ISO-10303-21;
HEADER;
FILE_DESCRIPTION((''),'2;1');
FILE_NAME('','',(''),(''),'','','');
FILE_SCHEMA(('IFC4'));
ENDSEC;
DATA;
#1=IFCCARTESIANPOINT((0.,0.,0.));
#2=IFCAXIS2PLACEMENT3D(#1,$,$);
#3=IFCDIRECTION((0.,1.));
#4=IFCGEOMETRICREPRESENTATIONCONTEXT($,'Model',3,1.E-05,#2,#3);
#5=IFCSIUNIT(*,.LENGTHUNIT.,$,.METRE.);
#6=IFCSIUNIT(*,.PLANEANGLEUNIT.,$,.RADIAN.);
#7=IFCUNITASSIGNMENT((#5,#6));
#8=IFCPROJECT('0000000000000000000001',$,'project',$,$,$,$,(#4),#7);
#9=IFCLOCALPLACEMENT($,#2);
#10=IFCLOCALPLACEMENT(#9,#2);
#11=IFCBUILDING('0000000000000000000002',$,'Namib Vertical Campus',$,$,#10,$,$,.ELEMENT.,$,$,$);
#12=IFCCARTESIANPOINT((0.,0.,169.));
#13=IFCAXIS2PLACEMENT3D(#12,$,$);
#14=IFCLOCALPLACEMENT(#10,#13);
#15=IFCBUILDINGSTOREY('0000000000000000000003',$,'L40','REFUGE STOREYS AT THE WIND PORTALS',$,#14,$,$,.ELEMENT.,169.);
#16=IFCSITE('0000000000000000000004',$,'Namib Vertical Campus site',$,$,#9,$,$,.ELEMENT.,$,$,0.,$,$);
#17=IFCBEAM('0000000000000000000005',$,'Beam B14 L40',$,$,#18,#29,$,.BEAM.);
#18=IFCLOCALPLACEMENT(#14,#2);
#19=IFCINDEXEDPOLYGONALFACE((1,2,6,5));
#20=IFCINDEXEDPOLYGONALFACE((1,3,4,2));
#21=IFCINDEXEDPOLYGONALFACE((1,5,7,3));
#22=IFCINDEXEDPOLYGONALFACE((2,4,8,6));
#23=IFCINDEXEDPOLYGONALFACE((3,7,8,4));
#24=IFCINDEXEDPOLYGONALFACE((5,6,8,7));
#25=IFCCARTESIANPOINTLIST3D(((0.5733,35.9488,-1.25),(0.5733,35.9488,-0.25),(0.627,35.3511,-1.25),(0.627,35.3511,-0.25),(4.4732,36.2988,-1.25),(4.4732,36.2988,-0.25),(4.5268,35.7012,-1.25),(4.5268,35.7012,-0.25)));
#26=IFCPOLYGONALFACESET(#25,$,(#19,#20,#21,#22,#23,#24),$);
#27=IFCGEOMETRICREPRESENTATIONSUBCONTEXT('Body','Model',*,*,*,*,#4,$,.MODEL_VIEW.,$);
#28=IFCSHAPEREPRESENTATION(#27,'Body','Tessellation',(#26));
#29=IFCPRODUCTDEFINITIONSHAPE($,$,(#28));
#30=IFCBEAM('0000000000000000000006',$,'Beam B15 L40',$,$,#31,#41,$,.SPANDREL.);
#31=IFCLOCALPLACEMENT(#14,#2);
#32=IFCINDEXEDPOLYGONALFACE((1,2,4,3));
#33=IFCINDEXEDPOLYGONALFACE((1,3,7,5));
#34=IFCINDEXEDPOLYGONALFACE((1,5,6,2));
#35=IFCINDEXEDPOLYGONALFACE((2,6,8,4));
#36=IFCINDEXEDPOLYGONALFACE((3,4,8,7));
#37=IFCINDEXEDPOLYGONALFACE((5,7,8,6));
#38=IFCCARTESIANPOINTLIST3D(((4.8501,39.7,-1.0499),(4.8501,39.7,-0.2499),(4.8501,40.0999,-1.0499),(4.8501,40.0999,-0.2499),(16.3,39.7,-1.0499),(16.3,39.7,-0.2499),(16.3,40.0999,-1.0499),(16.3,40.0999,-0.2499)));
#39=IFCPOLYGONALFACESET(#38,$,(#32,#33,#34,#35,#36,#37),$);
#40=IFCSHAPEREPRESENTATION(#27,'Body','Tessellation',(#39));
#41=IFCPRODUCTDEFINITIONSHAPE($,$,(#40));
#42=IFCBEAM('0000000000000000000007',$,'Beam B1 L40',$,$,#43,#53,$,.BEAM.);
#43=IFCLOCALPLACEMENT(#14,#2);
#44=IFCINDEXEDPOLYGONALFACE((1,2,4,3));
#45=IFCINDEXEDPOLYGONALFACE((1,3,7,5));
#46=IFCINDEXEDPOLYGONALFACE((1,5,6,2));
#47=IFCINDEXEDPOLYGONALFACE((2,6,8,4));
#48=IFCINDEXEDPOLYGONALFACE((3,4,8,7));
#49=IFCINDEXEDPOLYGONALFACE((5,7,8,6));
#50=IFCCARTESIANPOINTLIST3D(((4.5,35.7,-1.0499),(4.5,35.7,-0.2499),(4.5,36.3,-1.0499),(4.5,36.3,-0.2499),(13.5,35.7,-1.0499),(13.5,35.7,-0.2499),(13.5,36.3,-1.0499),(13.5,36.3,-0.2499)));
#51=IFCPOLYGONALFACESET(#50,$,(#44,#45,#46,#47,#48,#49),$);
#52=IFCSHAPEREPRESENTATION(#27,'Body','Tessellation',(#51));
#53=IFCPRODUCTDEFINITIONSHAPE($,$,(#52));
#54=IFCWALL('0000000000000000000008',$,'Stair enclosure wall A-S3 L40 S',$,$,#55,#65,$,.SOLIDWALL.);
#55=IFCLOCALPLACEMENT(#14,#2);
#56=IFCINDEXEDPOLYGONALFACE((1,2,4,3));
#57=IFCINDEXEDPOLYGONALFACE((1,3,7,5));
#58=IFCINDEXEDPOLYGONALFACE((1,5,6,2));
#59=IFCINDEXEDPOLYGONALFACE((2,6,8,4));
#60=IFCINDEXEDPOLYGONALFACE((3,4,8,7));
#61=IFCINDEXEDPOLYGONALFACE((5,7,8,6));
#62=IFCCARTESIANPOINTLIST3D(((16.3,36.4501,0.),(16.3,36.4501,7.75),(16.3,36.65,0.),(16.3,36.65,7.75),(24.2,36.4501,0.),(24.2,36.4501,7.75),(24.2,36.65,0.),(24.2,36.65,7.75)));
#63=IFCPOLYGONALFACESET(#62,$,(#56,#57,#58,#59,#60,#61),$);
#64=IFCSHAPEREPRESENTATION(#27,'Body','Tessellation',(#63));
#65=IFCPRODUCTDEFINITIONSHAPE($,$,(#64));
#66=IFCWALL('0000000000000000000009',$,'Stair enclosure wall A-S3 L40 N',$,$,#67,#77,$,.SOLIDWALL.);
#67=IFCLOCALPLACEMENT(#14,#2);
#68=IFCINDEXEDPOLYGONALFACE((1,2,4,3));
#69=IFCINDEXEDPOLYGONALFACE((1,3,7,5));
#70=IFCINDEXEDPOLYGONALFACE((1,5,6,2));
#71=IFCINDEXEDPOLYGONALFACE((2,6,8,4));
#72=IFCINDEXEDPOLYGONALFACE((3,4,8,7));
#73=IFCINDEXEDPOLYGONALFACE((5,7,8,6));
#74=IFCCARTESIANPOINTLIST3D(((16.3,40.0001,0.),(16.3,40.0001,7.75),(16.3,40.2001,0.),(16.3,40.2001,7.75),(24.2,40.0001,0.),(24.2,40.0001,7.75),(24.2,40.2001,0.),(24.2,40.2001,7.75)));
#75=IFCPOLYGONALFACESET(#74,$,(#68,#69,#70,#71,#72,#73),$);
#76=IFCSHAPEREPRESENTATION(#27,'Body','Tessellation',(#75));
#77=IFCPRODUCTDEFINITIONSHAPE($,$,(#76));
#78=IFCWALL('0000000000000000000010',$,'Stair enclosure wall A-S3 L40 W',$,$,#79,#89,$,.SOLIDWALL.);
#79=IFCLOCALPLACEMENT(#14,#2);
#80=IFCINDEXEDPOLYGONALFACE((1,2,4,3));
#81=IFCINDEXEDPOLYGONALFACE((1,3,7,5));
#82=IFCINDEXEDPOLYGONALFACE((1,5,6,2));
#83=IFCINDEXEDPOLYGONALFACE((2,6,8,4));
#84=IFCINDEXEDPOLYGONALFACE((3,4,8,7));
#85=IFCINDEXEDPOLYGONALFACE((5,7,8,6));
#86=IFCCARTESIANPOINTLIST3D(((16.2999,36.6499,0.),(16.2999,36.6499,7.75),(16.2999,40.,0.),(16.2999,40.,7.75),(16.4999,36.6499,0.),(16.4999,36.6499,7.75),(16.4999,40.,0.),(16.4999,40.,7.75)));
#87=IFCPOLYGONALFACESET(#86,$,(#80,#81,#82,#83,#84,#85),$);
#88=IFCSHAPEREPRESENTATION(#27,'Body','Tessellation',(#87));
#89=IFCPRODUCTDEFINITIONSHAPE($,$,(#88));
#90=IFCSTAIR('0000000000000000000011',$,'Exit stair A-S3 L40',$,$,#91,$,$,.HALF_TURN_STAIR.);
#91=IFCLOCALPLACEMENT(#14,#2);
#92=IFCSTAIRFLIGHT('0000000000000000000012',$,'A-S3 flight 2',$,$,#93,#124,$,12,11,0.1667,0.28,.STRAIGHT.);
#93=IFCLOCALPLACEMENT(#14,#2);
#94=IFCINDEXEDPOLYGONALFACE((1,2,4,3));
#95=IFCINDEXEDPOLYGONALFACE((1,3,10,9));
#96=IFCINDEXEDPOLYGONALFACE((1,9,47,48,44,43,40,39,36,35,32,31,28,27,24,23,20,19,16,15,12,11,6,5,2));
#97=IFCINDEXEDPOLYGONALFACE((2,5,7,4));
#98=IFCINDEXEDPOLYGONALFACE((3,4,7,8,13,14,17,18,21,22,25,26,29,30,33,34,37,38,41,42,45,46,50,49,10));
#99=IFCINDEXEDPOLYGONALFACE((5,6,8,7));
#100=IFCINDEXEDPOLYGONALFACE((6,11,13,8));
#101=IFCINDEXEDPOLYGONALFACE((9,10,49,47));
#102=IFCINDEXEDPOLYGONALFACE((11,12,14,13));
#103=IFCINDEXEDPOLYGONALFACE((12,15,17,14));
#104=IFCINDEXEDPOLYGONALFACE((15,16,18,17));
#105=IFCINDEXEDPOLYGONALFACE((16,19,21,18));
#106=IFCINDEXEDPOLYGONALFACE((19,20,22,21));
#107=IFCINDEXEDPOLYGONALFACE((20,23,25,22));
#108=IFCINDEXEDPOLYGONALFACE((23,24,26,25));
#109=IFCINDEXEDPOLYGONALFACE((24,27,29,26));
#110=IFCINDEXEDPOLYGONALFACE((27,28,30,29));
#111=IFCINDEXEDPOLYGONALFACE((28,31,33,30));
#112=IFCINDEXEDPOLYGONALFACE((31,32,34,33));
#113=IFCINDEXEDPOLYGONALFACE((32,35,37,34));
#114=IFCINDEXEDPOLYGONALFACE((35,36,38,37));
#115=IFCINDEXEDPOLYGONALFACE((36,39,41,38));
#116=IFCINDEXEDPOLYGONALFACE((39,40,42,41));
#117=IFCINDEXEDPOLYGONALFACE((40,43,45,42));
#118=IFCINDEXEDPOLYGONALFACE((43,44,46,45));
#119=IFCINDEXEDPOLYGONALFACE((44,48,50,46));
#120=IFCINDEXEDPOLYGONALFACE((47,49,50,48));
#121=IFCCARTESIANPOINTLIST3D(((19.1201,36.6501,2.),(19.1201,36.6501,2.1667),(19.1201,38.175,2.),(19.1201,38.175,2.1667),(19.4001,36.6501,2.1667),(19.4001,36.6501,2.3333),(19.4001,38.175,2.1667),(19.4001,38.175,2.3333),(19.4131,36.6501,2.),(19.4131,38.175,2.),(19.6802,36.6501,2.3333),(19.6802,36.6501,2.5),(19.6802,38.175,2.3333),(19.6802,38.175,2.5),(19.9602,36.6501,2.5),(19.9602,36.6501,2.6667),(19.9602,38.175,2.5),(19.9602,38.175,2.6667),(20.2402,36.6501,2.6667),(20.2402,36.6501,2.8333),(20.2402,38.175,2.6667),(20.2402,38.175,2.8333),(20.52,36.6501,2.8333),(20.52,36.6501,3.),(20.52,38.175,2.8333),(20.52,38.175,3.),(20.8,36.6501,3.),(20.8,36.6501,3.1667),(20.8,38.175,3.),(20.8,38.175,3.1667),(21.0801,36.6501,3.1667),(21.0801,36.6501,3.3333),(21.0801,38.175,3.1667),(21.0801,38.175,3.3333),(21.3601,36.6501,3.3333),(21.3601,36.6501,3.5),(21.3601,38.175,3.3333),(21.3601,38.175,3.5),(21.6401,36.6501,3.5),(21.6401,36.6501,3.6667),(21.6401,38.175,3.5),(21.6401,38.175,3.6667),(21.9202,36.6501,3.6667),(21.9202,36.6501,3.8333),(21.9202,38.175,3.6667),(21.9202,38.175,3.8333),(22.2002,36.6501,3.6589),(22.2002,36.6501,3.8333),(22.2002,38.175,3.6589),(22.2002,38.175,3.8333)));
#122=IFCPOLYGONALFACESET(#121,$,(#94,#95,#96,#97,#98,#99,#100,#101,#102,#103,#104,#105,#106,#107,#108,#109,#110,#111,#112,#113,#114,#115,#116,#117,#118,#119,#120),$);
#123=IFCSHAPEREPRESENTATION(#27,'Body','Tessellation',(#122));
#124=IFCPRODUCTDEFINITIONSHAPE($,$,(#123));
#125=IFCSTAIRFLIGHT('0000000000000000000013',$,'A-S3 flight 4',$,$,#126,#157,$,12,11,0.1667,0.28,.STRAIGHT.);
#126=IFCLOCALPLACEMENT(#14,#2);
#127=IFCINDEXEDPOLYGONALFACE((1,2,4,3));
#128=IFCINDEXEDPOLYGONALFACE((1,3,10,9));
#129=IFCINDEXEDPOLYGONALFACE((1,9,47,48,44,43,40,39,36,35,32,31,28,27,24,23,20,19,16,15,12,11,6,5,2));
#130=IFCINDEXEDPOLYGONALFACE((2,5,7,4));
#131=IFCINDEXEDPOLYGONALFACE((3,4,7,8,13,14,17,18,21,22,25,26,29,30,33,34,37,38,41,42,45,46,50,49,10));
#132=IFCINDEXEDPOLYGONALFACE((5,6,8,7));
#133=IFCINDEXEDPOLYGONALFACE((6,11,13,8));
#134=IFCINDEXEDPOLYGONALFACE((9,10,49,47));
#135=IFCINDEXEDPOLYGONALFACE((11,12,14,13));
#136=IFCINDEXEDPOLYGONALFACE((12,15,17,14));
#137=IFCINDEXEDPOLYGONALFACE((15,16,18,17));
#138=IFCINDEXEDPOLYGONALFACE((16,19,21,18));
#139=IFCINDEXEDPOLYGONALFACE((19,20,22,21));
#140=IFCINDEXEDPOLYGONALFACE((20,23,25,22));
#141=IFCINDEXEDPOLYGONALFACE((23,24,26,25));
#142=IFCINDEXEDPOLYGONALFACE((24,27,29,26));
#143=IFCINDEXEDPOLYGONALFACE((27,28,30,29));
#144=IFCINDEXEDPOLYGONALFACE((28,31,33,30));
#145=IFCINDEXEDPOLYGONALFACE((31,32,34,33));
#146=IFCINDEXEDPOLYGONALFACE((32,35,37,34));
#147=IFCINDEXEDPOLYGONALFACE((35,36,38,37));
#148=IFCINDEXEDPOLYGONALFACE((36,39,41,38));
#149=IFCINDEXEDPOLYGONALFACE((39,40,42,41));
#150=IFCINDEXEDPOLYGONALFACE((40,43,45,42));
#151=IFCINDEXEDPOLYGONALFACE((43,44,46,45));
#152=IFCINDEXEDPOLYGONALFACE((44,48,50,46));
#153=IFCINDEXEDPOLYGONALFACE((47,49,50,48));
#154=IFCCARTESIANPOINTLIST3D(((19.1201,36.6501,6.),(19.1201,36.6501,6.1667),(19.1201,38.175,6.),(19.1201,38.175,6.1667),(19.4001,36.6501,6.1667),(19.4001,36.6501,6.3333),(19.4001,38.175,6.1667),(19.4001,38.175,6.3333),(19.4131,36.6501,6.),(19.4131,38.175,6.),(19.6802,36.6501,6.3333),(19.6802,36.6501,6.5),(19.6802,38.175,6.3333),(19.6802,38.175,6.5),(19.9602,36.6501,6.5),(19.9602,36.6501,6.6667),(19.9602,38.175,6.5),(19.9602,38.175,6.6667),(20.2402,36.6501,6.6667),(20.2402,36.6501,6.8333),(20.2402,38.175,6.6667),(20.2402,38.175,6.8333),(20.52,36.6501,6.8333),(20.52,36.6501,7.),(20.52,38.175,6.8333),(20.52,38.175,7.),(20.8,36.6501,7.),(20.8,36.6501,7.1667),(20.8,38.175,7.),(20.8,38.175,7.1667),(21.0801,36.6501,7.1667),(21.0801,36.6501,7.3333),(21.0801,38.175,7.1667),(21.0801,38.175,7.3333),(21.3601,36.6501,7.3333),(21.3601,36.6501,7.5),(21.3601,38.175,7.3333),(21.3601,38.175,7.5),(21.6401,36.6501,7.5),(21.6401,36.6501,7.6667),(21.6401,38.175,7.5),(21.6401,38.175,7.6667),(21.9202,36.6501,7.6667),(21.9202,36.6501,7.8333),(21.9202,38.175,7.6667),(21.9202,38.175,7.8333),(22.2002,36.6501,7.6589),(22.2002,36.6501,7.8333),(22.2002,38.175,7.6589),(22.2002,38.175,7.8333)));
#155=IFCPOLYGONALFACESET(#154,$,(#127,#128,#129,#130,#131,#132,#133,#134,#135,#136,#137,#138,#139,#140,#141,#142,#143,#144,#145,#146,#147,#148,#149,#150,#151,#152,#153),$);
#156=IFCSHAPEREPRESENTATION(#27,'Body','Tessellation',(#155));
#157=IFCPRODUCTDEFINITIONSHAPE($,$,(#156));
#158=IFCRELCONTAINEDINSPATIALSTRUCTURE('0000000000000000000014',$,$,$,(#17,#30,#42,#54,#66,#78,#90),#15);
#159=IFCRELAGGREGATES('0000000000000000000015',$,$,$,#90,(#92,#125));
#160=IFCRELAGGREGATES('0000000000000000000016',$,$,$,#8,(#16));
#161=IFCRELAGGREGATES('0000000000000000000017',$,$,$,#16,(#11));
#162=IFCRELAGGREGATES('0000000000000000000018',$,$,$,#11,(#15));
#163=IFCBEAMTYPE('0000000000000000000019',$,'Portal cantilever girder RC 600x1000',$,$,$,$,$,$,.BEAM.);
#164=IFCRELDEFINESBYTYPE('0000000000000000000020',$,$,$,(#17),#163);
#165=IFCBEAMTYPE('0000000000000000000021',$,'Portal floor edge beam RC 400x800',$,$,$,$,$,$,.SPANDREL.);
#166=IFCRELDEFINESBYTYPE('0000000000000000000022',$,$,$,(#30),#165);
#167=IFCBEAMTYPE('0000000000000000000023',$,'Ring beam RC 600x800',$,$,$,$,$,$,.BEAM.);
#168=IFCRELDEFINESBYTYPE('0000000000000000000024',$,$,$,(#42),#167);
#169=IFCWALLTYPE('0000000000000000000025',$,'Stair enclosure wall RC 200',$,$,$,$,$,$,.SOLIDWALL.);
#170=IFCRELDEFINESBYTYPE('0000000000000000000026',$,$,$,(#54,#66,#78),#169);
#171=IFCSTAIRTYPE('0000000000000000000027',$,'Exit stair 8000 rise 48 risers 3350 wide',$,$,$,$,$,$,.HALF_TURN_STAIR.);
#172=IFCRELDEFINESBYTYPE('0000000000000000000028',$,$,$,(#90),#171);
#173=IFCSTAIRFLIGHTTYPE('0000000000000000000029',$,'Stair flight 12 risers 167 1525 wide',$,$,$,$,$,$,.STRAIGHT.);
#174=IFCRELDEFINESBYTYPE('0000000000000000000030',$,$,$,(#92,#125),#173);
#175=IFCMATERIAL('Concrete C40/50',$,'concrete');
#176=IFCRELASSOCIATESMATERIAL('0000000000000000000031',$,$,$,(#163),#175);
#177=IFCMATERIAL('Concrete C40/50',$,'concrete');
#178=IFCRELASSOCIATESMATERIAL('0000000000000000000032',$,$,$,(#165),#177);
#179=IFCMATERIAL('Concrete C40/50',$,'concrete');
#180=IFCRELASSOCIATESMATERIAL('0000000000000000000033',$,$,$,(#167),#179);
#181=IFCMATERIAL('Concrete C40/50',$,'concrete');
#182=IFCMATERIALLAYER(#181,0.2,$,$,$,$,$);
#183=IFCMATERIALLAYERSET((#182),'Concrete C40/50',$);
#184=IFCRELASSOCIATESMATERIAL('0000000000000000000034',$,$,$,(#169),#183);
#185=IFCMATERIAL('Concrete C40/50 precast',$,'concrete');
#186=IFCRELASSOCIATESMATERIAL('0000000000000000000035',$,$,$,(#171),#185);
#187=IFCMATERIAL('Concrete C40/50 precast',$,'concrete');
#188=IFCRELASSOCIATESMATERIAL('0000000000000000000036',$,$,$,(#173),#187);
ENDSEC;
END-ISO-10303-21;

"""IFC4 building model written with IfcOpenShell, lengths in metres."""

from ifc_helpers import new_model, si_unit, direction, frame, frame_2d, origin, origin_2d, place, context, subcontext, project, spatial, polyline, rectangle, outline, extrude, material, layer, layer_set, material_profile, profile_set, type_object, element, aggregate, save


model = new_model("IFC4")

# Units and contexts
model_context = context("Model", 3, precision=1e-05, world=origin(), true_north=direction((0.0, 1.0)))
body_context = subcontext(model_context, "Body", "Model", "MODEL_VIEW")
ifc_project = project(units=[si_unit("LENGTHUNIT", "METRE"), si_unit("PLANEANGLEUNIT", "RADIAN")], contexts=[model_context])

# Site, building, storey
site_placement = place(None, origin())
site = spatial("IfcSite", under=ifc_project, at=site_placement, Name="Namib Vertical Campus site", CompositionType="ELEMENT", RefElevation=0.0)
building_placement = place(site_placement, origin())
building = spatial("IfcBuilding", under=site, at=building_placement, Name="Namib Vertical Campus", CompositionType="ELEMENT")
storey_placement = place(building_placement, frame((0.0, 0.0, 169.0)))
storey = spatial("IfcBuildingStorey", under=building, at=storey_placement, Name="L40", Description="REFUGE STOREYS AT THE WIND PORTALS", CompositionType="ELEMENT", Elevation=169.0)

# Beams
ifc_material_1 = material(Name="Concrete C40/50", Category="concrete")
ifc_material_profile_1 = material_profile(ifc_material_1, rectangle(XDim=0.6001, YDim=1.0, at=origin_2d()))
ifc_profile_set_1 = profile_set([ifc_material_profile_1], Name="Concrete C40/50")
beam_type_1 = type_object("IfcBeamType", Name="Portal cantilever girder RC 600x1000", PredefinedType="BEAM", material=ifc_profile_set_1)
beam_1_placement = place(storey_placement, frame((4.5, 36.0, -0.75), z_axis=(-0.995995, -0.089411, 0.0), x_axis=(0.089411, -0.995995, 0.0)))
element("IfcBeam", 1, at=beam_1_placement, inside=storey, type_object=beam_type_1, Name="Beam B14 L40", PredefinedType="BEAM", context=body_context, shape_type="SweptSolid", body=[
    extrude(rectangle(XDim=0.6001, YDim=1.0, at=origin_2d()), origin(), (0.0, 0.0, 1.0), 3.9155),
])
ifc_material_2 = material(Name="Concrete C40/50", Category="concrete")
ifc_material_profile_2 = material_profile(ifc_material_2, rectangle(XDim=0.3999, YDim=0.8, at=origin_2d()))
ifc_profile_set_2 = profile_set([ifc_material_profile_2], Name="Concrete C40/50")
beam_type_2 = type_object("IfcBeamType", Name="Portal floor edge beam RC 400x800", PredefinedType="SPANDREL", material=ifc_profile_set_2)
beam_2_placement = place(storey_placement, frame((4.8501, 39.8999, -0.6499), z_axis=(1.0, 0.0, 0.0), x_axis=(0.0, 1.0, 0.0)))
element("IfcBeam", 2, at=beam_2_placement, inside=storey, type_object=beam_type_2, Name="Beam B15 L40", PredefinedType="SPANDREL", context=body_context, shape_type="SweptSolid", body=[
    extrude(rectangle(XDim=0.3999, YDim=0.8, at=origin_2d()), origin(), (0.0, 0.0, 1.0), 11.45),
])
ifc_material_3 = material(Name="Concrete C40/50", Category="concrete")
ifc_material_profile_3 = material_profile(ifc_material_3, rectangle(XDim=0.6001, YDim=0.8, at=origin_2d()))
ifc_profile_set_3 = profile_set([ifc_material_profile_3], Name="Concrete C40/50")
beam_type_3 = type_object("IfcBeamType", Name="Ring beam RC 600x800", PredefinedType="BEAM", material=ifc_profile_set_3)
beam_3_placement = place(storey_placement, frame((4.5, 36.0, -0.6499), z_axis=(1.0, 0.0, 0.0), x_axis=(0.0, 1.0, 0.0)))
element("IfcBeam", 3, at=beam_3_placement, inside=storey, type_object=beam_type_3, Name="Beam B1 L40", PredefinedType="BEAM", context=body_context, shape_type="SweptSolid", body=[
    extrude(rectangle(XDim=0.6001, YDim=0.8, at=origin_2d()), origin(), (0.0, 0.0, 1.0), 9.0),
])

# Walls
ifc_material_4 = material(Name="Concrete C40/50", Category="concrete")
ifc_layer = layer(ifc_material_4, 0.2)
ifc_layer_set = layer_set([ifc_layer], Name="Concrete C40/50")
wall_type = type_object("IfcWallType", Name="Stair enclosure wall RC 200", PredefinedType="SOLIDWALL", material=ifc_layer_set)
for number, where, z_axis, x_axis, name in (
    (4, (16.3, 36.55, 0.0), (0.0, 0.0, 1.0), (1.0, 0.0, 0.0), "Stair enclosure wall A-S3 L40 S"),
    (5, (16.3, 40.1001, 0.0), (0.0, 0.0, 1.0), (1.0, 0.0, 0.0), "Stair enclosure wall A-S3 L40 N"),
):
    element("IfcWall", number, at=place(storey_placement, frame(where, z_axis=z_axis, x_axis=x_axis)), inside=storey, type_object=wall_type, Name=name, PredefinedType="SOLIDWALL", context=body_context, shape_type="SweptSolid", body=[
        extrude(rectangle(XDim=7.8999, YDim=0.2, at=frame_2d((3.95, 0.0))), origin(), (0.0, 0.0, 1.0), 7.75),
    ])
wall_placement = place(storey_placement, frame((16.3999, 36.6499, 0.0), z_axis=(0.0, 0.0, 1.0), x_axis=(0.0, 1.0, 0.0)))
element("IfcWall", 6, at=wall_placement, inside=storey, type_object=wall_type, Name="Stair enclosure wall A-S3 L40 W", PredefinedType="SOLIDWALL", context=body_context, shape_type="SweptSolid", body=[
    extrude(rectangle(XDim=3.3501, YDim=0.2, at=frame_2d((1.675, 0.0))), origin(), (0.0, 0.0, 1.0), 7.75),
])

# Stair, stair flights
ifc_material_5 = material(Name="Concrete C40/50 precast", Category="concrete")
stair_type = type_object("IfcStairType", Name="Exit stair 8000 rise 48 risers 3350 wide", PredefinedType="HALF_TURN_STAIR", material=ifc_material_5)
stair_placement = place(storey_placement, origin())
stair = element("IfcStair", 7, at=stair_placement, inside=storey, type_object=stair_type, Name="Exit stair A-S3 L40", PredefinedType="HALF_TURN_STAIR")
ifc_material_6 = material(Name="Concrete C40/50 precast", Category="concrete")
stair_flight_type = type_object("IfcStairFlightType", Name="Stair flight 12 risers 167 1525 wide", PredefinedType="STRAIGHT", material=ifc_material_6)
stair_flight_1_placement = place(storey_placement, frame((19.1201, 37.4126, 2.0), z_axis=(0.0, 0.0, 1.0), x_axis=(1.0, 0.0, 0.0)))
stair_flight_1 = element("IfcStairFlight", 8, at=stair_flight_1_placement, type_object=stair_flight_type, Name="A-S3 flight 2", NumberOfRisers=12, NumberOfTreads=11, PredefinedType="STRAIGHT", RiserHeight=0.1667, TreadLength=0.28, context=body_context, shape_type="SweptSolid", body=[
    extrude(outline(polyline([(0.0, 0.0), (0.0, 0.1667), (0.28, 0.1667), (0.28, 0.3333), (0.5601, 0.3333), (0.5601, 0.5), (0.8401, 0.5), (0.8401, 0.6667), (1.1201, 0.6667), (1.1201, 0.8333), (1.3999, 0.8333), (1.3999, 1.0), (1.6799, 1.0), (1.6799, 1.1667), (1.96, 1.1667), (1.96, 1.3333), (2.24, 1.3333), (2.24, 1.5), (2.52, 1.5), (2.52, 1.6667), (2.8, 1.6667), (2.8, 1.8333), (3.0801, 1.8333), (3.0801, 2.0), (3.0801, 1.6589), (0.293, 0.0), (0.0, 0.0)])), frame((0.0, 0.7625, 0.0), z_axis=(0.0, -1.0, 0.0), x_axis=(1.0, 0.0, 0.0)), (0.0, 0.0, 1.0), 1.5249),
])
stair_flight_2_placement = place(storey_placement, frame((19.1201, 37.4126, 6.0), z_axis=(0.0, 0.0, 1.0), x_axis=(1.0, 0.0, 0.0)))
stair_flight_2 = element("IfcStairFlight", 9, at=stair_flight_2_placement, type_object=stair_flight_type, Name="A-S3 flight 4", NumberOfRisers=12, NumberOfTreads=11, PredefinedType="STRAIGHT", RiserHeight=0.1667, TreadLength=0.28, context=body_context, shape_type="SweptSolid", body=[
    extrude(outline(polyline([(0.0, 0.0), (0.0, 0.1667), (0.28, 0.1667), (0.28, 0.3333), (0.5601, 0.3333), (0.5601, 0.5), (0.8401, 0.5), (0.8401, 0.6667), (1.1201, 0.6667), (1.1201, 0.8333), (1.3999, 0.8333), (1.3999, 1.0), (1.6799, 1.0), (1.6799, 1.1667), (1.96, 1.1667), (1.96, 1.3333), (2.24, 1.3333), (2.24, 1.5), (2.52, 1.5), (2.52, 1.6667), (2.8, 1.6667), (2.8, 1.8333), (3.0801, 1.8333), (3.0801, 2.0), (3.0801, 1.6589), (0.293, 0.0), (0.0, 0.0)])), frame((0.0, 0.7625, 0.0), z_axis=(0.0, -1.0, 0.0), x_axis=(1.0, 0.0, 0.0)), (0.0, 0.0, 1.0), 1.5249),
])
aggregate(stair, [stair_flight_1, stair_flight_2])

save(model, "model.ifc")
